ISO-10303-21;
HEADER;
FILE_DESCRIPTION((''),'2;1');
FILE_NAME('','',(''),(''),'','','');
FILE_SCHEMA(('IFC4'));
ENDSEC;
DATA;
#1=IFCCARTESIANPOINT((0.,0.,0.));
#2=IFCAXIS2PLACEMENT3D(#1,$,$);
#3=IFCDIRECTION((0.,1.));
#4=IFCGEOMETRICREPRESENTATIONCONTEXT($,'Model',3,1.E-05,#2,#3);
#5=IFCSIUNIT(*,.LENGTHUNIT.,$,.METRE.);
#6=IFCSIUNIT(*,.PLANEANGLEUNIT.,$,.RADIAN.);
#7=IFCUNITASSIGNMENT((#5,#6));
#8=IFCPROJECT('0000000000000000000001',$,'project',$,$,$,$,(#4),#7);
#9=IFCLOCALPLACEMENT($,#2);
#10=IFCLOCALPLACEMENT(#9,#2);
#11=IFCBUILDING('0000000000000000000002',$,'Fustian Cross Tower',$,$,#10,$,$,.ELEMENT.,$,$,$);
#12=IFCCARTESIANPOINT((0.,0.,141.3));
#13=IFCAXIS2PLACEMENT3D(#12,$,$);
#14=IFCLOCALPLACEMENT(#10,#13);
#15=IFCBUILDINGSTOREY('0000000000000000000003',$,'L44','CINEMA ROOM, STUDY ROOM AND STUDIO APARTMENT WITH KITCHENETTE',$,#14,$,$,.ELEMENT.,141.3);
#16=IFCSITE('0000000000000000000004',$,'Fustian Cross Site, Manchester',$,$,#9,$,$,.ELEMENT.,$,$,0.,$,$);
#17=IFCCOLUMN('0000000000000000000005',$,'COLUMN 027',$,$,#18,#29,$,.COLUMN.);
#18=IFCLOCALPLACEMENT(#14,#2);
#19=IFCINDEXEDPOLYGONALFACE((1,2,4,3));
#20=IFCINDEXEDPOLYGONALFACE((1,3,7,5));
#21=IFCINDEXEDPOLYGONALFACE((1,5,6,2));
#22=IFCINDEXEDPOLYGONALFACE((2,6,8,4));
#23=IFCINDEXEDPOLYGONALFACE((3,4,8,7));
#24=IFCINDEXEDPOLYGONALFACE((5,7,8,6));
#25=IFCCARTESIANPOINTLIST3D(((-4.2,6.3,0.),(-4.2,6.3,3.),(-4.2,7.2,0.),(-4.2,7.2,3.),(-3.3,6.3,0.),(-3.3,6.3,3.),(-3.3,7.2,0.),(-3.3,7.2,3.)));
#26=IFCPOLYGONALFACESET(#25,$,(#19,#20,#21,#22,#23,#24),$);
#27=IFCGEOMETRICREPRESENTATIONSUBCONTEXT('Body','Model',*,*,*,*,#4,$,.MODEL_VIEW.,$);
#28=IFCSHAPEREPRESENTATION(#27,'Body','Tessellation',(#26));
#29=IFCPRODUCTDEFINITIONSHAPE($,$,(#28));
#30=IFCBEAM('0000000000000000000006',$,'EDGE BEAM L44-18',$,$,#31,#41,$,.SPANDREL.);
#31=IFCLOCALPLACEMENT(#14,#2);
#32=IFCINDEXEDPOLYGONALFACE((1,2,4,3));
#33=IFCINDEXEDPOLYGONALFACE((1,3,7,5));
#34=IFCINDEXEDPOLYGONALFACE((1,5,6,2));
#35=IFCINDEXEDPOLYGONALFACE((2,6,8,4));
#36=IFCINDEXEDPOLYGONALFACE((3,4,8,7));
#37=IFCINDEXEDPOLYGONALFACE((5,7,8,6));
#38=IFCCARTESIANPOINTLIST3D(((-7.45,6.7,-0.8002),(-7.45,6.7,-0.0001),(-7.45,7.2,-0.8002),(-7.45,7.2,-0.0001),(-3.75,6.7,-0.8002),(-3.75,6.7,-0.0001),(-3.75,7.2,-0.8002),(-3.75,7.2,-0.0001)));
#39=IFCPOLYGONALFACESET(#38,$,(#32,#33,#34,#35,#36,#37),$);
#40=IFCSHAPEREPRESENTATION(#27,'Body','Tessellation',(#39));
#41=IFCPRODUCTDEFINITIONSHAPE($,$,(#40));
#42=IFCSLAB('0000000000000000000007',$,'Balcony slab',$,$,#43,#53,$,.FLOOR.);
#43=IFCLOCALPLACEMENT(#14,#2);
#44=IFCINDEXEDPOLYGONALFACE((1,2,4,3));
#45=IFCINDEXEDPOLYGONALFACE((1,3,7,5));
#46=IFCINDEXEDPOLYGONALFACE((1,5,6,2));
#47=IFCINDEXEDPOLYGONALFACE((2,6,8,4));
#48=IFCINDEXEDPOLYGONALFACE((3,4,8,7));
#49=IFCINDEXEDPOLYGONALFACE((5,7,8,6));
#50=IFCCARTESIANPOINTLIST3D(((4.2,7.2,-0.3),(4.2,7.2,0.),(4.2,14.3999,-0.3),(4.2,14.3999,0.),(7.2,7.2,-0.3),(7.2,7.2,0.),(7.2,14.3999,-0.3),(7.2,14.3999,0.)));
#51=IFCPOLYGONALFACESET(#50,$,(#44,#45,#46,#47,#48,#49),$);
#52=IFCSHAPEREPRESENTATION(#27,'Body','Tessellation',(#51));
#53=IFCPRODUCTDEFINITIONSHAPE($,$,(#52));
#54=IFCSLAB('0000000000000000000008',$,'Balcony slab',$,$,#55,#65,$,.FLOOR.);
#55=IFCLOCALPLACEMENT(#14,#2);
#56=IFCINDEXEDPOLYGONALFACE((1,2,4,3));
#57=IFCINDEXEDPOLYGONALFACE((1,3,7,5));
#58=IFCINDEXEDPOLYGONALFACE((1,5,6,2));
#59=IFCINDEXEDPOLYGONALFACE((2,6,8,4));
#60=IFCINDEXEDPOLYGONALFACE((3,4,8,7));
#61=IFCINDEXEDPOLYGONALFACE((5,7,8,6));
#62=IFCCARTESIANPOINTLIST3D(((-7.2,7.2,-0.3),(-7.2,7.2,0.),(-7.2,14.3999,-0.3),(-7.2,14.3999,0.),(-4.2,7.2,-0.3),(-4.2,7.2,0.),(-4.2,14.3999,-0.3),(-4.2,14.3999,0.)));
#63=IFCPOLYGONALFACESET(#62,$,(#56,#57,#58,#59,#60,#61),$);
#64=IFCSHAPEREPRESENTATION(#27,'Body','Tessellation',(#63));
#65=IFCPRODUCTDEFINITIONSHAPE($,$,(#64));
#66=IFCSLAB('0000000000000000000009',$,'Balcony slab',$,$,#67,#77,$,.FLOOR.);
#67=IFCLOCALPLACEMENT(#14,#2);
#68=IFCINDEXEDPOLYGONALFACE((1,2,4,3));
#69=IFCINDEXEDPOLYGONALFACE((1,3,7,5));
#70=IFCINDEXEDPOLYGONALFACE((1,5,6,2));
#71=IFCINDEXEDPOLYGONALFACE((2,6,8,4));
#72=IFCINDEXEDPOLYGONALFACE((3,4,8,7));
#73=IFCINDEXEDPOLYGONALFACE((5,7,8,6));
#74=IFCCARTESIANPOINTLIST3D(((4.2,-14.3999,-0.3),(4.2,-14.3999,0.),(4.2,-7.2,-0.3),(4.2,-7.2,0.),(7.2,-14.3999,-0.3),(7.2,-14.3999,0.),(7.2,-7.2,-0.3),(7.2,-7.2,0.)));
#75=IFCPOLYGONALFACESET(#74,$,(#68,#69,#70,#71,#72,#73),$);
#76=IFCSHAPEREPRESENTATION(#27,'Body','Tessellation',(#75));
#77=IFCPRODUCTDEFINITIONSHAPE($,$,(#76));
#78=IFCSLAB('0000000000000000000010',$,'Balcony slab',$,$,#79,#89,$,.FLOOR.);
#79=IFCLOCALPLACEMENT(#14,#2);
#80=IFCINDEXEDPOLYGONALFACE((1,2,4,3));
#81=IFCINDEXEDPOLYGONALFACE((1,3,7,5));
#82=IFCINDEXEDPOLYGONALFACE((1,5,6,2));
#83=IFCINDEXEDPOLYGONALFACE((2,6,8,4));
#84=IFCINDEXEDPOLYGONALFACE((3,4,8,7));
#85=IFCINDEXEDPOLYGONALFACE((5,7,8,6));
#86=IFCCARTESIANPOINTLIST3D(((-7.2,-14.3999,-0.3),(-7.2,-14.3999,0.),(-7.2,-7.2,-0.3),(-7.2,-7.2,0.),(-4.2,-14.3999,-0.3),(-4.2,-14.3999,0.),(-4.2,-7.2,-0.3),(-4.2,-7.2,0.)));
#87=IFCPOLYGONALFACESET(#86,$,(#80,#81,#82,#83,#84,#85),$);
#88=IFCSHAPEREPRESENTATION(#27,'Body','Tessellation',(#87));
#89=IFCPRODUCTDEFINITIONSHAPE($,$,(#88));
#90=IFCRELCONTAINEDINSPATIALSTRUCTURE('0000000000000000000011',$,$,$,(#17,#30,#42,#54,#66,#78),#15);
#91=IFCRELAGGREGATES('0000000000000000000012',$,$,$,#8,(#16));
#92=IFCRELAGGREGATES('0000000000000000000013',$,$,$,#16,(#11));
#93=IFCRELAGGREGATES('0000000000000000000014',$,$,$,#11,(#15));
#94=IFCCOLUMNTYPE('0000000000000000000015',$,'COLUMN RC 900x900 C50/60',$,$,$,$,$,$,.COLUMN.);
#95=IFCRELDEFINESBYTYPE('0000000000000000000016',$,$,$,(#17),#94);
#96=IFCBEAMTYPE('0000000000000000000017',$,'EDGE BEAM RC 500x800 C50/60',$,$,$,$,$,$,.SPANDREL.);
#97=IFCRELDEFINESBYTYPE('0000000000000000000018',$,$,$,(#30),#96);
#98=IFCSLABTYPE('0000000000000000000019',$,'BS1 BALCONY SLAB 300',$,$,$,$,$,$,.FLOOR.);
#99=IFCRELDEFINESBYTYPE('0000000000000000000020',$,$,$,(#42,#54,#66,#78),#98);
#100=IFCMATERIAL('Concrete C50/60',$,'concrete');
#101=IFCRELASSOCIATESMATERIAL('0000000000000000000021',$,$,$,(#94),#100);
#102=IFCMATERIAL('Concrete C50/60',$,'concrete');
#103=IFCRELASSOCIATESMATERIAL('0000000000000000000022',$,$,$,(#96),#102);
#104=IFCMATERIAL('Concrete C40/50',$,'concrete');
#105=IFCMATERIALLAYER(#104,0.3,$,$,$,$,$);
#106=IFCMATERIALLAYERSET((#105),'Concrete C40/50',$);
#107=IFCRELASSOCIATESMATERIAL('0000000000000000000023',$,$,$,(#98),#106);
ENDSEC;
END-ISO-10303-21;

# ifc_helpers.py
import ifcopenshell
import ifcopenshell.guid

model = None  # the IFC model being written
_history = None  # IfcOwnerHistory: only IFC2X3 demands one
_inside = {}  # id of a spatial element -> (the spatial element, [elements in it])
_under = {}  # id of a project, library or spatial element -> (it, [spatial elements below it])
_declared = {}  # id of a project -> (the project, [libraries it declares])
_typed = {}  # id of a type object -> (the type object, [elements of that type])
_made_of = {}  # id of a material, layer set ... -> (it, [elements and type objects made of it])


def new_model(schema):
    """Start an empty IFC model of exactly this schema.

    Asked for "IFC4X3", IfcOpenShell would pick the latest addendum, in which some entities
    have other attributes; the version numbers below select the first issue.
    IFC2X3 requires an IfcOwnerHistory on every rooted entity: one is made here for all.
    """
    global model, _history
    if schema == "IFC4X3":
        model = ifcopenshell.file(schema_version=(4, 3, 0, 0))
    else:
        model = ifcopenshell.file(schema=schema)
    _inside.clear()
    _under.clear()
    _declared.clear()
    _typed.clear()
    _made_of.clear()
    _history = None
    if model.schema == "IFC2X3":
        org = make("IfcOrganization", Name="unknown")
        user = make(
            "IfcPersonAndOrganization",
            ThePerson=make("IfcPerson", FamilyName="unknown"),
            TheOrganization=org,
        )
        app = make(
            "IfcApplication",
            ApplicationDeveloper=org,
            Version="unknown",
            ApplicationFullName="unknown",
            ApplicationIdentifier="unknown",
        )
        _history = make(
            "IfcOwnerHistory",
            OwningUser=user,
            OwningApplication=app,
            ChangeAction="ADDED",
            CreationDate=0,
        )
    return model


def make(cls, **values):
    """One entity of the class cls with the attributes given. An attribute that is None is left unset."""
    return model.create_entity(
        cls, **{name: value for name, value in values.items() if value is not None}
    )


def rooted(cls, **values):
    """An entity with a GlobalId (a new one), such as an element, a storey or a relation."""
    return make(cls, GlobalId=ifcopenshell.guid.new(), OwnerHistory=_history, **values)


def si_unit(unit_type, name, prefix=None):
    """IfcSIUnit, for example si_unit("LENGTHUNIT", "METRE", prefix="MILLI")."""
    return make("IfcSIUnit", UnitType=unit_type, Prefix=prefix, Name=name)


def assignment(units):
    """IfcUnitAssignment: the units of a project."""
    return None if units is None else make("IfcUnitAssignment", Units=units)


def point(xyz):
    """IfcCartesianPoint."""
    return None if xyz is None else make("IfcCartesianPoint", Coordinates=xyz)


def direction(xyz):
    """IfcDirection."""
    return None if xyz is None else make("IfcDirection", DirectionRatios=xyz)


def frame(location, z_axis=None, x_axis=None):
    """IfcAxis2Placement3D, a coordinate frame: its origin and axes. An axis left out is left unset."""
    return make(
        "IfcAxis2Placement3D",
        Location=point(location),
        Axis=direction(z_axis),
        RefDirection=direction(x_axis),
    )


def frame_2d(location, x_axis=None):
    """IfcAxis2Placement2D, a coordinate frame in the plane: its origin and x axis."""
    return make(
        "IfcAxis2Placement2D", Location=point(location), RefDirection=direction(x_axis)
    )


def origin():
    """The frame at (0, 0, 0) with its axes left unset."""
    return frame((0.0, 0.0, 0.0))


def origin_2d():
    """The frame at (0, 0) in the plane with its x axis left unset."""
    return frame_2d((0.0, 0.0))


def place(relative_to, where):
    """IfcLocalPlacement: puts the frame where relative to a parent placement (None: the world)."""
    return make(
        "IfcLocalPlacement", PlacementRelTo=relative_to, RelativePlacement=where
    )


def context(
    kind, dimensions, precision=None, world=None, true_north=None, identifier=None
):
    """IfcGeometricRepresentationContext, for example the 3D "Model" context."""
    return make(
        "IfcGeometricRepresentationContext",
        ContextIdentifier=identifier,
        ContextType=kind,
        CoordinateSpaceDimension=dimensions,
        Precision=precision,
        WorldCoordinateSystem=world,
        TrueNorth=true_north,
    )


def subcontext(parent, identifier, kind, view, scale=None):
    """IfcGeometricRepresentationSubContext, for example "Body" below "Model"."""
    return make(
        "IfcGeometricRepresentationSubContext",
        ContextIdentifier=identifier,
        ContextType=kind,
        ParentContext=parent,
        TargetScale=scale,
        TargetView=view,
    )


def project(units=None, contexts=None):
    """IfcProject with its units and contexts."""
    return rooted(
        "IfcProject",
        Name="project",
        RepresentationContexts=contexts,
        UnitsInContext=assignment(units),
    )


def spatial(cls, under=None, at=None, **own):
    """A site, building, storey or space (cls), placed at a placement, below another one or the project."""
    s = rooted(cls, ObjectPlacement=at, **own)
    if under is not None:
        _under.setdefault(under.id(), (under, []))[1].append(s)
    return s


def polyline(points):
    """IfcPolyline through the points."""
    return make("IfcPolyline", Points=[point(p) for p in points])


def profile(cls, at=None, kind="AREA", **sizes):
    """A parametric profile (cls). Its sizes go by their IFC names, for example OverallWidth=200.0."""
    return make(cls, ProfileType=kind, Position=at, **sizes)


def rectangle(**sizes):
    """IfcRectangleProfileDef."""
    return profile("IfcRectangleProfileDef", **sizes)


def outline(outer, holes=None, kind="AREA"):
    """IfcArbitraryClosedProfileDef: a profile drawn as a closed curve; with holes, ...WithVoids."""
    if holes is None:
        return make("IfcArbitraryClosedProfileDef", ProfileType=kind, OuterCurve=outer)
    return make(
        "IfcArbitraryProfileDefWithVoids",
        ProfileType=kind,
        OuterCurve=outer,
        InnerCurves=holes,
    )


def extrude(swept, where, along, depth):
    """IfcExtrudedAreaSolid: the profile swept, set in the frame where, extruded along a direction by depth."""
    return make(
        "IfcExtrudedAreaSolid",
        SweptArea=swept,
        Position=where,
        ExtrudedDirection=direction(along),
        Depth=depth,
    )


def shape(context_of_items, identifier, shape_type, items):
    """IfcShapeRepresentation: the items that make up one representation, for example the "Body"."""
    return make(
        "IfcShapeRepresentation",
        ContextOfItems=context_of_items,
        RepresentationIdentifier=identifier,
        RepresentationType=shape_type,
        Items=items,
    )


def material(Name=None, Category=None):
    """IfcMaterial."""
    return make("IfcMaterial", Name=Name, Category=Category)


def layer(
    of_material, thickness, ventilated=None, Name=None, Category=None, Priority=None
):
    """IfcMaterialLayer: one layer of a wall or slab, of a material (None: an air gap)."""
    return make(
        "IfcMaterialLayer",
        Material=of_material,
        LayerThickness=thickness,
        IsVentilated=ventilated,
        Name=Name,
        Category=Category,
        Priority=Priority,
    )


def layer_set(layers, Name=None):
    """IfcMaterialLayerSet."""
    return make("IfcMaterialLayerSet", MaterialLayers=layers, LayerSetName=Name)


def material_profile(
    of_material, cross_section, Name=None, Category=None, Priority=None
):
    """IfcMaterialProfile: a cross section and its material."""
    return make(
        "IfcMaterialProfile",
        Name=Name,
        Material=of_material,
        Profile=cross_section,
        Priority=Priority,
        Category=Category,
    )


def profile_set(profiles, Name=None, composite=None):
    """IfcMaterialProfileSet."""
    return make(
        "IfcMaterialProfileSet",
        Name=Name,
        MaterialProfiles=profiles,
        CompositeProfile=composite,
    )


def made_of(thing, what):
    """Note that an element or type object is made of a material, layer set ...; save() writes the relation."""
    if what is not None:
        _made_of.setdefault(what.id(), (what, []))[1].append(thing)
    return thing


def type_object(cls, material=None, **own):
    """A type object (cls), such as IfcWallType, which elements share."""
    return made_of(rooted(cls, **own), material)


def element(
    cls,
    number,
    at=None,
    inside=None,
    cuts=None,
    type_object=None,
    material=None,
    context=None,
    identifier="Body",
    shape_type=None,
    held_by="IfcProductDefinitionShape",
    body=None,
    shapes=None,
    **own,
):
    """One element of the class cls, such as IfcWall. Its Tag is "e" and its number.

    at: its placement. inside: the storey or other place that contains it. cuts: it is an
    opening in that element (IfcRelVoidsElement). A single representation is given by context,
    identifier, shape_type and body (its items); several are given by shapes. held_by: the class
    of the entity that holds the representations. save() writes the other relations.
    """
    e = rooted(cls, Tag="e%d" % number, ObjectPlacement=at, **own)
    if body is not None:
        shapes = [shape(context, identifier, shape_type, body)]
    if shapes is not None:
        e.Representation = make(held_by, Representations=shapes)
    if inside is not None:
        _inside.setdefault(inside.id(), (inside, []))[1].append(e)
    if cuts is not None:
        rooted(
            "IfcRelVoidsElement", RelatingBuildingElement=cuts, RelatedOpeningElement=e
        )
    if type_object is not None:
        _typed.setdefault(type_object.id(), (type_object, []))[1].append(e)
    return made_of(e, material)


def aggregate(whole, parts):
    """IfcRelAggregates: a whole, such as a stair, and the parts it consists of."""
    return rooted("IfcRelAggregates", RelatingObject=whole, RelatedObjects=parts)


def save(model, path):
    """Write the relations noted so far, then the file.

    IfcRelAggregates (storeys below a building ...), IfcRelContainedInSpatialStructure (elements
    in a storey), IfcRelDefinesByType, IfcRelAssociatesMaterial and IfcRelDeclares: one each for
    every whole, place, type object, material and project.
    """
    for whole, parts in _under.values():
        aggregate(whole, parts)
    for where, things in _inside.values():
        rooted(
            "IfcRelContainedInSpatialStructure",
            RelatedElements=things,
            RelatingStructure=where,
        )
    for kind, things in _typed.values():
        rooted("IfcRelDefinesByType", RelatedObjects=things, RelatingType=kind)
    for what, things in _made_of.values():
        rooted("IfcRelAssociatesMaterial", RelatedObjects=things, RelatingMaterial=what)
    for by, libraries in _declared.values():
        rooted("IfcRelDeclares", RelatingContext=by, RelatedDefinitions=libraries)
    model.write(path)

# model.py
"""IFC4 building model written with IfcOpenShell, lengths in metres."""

from ifc_helpers import new_model, si_unit, direction, frame, origin, origin_2d, place, context, subcontext, project, spatial, polyline, rectangle, outline, extrude, material, layer, layer_set, material_profile, profile_set, type_object, element, save


model = new_model("IFC4")

# Units and contexts
model_context = context("Model", 3, precision=1e-05, world=origin(), true_north=direction((0.0, 1.0)))
body_context = subcontext(model_context, "Body", "Model", "MODEL_VIEW")
ifc_project = project(units=[si_unit("LENGTHUNIT", "METRE"), si_unit("PLANEANGLEUNIT", "RADIAN")], contexts=[model_context])

# Site, building, storey
site_placement = place(None, origin())
site = spatial("IfcSite", under=ifc_project, at=site_placement, Name="Fustian Cross Site, Manchester", CompositionType="ELEMENT", RefElevation=0.0)
building_placement = place(site_placement, origin())
building = spatial("IfcBuilding", under=site, at=building_placement, Name="Fustian Cross Tower", CompositionType="ELEMENT")
storey_placement = place(building_placement, frame((0.0, 0.0, 141.3)))
storey = spatial("IfcBuildingStorey", under=building, at=storey_placement, Name="L44", Description="CINEMA ROOM, STUDY ROOM AND STUDIO APARTMENT WITH KITCHENETTE", CompositionType="ELEMENT", Elevation=141.3)

# Column
ifc_material_1 = material(Name="Concrete C50/60", Category="concrete")
ifc_material_profile_1 = material_profile(ifc_material_1, rectangle(XDim=0.8999, YDim=0.8999, at=origin_2d()), Name="RC 900x900")
ifc_profile_set_1 = profile_set([ifc_material_profile_1], Name="Concrete C50/60")
column_type = type_object("IfcColumnType", Name="COLUMN RC 900x900 C50/60", PredefinedType="COLUMN", material=ifc_profile_set_1)
column_placement = place(storey_placement, frame((-3.75, 6.75, 0.0), z_axis=(0.0, 0.0, 1.0), x_axis=(1.0, 0.0, 0.0)))
element("IfcColumn", 1, at=column_placement, inside=storey, type_object=column_type, Name="COLUMN 027", PredefinedType="COLUMN", context=body_context, shape_type="SweptSolid", body=[
    extrude(rectangle(XDim=0.8999, YDim=0.8999, at=origin_2d()), origin(), (0.0, 0.0, 1.0), 3.0),
])

# Beam
ifc_material_2 = material(Name="Concrete C50/60", Category="concrete")
ifc_material_profile_2 = material_profile(ifc_material_2, rectangle(XDim=0.5, YDim=0.8, at=origin_2d()), Name="RC 500x800")
ifc_profile_set_2 = profile_set([ifc_material_profile_2], Name="Concrete C50/60")
beam_type = type_object("IfcBeamType", Name="EDGE BEAM RC 500x800 C50/60", PredefinedType="SPANDREL", material=ifc_profile_set_2)
beam_placement = place(storey_placement, frame((-3.75, 6.95, -0.4001), z_axis=(-1.0, 0.0, 0.0), x_axis=(0.0, -1.0, 0.0)))
element("IfcBeam", 2, at=beam_placement, inside=storey, type_object=beam_type, Name="EDGE BEAM L44-18", PredefinedType="SPANDREL", context=body_context, shape_type="SweptSolid", body=[
    extrude(rectangle(XDim=0.5, YDim=0.8, at=origin_2d()), origin(), (0.0, 0.0, 1.0), 3.7),
])

# Slabs
ifc_material_3 = material(Name="Concrete C40/50", Category="concrete")
ifc_layer_1 = layer(ifc_material_3, 0.3)
ifc_layer_set_1 = layer_set([ifc_layer_1], Name="Concrete C40/50")
slab_type_1 = type_object("IfcSlabType", Name="BS1 BALCONY SLAB 300", PredefinedType="FLOOR", material=ifc_layer_set_1)
slab_1_placement = place(storey_placement, frame((0.0, 0.0, -0.3)))
element("IfcSlab", 3, at=slab_1_placement, inside=storey, type_object=slab_type_1, Name="Balcony slab", PredefinedType="FLOOR", context=body_context, shape_type="SweptSolid", body=[
    extrude(outline(polyline([(4.2, 7.2), (7.2, 7.2), (7.2, 14.3999), (4.2, 14.3999), (4.2, 7.2)])), origin(), (0.0, 0.0, 1.0), 0.3),
])
slab_2_placement = place(storey_placement, frame((0.0, 0.0, -0.3)))
element("IfcSlab", 4, at=slab_2_placement, inside=storey, type_object=slab_type_1, Name="Balcony slab", PredefinedType="FLOOR", context=body_context, shape_type="SweptSolid", body=[
    extrude(outline(polyline([(-7.2, 7.2), (-4.2, 7.2), (-4.2, 14.3999), (-7.2, 14.3999), (-7.2, 7.2)])), origin(), (0.0, 0.0, 1.0), 0.3),
])
slab_3_placement = place(storey_placement, frame((0.0, 0.0, -0.3)))
element("IfcSlab", 5, at=slab_3_placement, inside=storey, type_object=slab_type_1, Name="Balcony slab", PredefinedType="FLOOR", context=body_context, shape_type="SweptSolid", body=[
    extrude(outline(polyline([(4.2, -14.3999), (7.2, -14.3999), (7.2, -7.2), (4.2, -7.2), (4.2, -14.3999)])), origin(), (0.0, 0.0, 1.0), 0.3),
])
slab_4_placement = place(storey_placement, frame((0.0, 0.0, -0.3)))
element("IfcSlab", 6, at=slab_4_placement, inside=storey, type_object=slab_type_1, Name="Balcony slab", PredefinedType="FLOOR", context=body_context, shape_type="SweptSolid", body=[
    extrude(outline(polyline([(-7.2, -14.3999), (-4.2, -14.3999), (-4.2, -7.2), (-7.2, -7.2), (-7.2, -14.3999)])), origin(), (0.0, 0.0, 1.0), 0.3),
])

save(model, "model.ifc")
